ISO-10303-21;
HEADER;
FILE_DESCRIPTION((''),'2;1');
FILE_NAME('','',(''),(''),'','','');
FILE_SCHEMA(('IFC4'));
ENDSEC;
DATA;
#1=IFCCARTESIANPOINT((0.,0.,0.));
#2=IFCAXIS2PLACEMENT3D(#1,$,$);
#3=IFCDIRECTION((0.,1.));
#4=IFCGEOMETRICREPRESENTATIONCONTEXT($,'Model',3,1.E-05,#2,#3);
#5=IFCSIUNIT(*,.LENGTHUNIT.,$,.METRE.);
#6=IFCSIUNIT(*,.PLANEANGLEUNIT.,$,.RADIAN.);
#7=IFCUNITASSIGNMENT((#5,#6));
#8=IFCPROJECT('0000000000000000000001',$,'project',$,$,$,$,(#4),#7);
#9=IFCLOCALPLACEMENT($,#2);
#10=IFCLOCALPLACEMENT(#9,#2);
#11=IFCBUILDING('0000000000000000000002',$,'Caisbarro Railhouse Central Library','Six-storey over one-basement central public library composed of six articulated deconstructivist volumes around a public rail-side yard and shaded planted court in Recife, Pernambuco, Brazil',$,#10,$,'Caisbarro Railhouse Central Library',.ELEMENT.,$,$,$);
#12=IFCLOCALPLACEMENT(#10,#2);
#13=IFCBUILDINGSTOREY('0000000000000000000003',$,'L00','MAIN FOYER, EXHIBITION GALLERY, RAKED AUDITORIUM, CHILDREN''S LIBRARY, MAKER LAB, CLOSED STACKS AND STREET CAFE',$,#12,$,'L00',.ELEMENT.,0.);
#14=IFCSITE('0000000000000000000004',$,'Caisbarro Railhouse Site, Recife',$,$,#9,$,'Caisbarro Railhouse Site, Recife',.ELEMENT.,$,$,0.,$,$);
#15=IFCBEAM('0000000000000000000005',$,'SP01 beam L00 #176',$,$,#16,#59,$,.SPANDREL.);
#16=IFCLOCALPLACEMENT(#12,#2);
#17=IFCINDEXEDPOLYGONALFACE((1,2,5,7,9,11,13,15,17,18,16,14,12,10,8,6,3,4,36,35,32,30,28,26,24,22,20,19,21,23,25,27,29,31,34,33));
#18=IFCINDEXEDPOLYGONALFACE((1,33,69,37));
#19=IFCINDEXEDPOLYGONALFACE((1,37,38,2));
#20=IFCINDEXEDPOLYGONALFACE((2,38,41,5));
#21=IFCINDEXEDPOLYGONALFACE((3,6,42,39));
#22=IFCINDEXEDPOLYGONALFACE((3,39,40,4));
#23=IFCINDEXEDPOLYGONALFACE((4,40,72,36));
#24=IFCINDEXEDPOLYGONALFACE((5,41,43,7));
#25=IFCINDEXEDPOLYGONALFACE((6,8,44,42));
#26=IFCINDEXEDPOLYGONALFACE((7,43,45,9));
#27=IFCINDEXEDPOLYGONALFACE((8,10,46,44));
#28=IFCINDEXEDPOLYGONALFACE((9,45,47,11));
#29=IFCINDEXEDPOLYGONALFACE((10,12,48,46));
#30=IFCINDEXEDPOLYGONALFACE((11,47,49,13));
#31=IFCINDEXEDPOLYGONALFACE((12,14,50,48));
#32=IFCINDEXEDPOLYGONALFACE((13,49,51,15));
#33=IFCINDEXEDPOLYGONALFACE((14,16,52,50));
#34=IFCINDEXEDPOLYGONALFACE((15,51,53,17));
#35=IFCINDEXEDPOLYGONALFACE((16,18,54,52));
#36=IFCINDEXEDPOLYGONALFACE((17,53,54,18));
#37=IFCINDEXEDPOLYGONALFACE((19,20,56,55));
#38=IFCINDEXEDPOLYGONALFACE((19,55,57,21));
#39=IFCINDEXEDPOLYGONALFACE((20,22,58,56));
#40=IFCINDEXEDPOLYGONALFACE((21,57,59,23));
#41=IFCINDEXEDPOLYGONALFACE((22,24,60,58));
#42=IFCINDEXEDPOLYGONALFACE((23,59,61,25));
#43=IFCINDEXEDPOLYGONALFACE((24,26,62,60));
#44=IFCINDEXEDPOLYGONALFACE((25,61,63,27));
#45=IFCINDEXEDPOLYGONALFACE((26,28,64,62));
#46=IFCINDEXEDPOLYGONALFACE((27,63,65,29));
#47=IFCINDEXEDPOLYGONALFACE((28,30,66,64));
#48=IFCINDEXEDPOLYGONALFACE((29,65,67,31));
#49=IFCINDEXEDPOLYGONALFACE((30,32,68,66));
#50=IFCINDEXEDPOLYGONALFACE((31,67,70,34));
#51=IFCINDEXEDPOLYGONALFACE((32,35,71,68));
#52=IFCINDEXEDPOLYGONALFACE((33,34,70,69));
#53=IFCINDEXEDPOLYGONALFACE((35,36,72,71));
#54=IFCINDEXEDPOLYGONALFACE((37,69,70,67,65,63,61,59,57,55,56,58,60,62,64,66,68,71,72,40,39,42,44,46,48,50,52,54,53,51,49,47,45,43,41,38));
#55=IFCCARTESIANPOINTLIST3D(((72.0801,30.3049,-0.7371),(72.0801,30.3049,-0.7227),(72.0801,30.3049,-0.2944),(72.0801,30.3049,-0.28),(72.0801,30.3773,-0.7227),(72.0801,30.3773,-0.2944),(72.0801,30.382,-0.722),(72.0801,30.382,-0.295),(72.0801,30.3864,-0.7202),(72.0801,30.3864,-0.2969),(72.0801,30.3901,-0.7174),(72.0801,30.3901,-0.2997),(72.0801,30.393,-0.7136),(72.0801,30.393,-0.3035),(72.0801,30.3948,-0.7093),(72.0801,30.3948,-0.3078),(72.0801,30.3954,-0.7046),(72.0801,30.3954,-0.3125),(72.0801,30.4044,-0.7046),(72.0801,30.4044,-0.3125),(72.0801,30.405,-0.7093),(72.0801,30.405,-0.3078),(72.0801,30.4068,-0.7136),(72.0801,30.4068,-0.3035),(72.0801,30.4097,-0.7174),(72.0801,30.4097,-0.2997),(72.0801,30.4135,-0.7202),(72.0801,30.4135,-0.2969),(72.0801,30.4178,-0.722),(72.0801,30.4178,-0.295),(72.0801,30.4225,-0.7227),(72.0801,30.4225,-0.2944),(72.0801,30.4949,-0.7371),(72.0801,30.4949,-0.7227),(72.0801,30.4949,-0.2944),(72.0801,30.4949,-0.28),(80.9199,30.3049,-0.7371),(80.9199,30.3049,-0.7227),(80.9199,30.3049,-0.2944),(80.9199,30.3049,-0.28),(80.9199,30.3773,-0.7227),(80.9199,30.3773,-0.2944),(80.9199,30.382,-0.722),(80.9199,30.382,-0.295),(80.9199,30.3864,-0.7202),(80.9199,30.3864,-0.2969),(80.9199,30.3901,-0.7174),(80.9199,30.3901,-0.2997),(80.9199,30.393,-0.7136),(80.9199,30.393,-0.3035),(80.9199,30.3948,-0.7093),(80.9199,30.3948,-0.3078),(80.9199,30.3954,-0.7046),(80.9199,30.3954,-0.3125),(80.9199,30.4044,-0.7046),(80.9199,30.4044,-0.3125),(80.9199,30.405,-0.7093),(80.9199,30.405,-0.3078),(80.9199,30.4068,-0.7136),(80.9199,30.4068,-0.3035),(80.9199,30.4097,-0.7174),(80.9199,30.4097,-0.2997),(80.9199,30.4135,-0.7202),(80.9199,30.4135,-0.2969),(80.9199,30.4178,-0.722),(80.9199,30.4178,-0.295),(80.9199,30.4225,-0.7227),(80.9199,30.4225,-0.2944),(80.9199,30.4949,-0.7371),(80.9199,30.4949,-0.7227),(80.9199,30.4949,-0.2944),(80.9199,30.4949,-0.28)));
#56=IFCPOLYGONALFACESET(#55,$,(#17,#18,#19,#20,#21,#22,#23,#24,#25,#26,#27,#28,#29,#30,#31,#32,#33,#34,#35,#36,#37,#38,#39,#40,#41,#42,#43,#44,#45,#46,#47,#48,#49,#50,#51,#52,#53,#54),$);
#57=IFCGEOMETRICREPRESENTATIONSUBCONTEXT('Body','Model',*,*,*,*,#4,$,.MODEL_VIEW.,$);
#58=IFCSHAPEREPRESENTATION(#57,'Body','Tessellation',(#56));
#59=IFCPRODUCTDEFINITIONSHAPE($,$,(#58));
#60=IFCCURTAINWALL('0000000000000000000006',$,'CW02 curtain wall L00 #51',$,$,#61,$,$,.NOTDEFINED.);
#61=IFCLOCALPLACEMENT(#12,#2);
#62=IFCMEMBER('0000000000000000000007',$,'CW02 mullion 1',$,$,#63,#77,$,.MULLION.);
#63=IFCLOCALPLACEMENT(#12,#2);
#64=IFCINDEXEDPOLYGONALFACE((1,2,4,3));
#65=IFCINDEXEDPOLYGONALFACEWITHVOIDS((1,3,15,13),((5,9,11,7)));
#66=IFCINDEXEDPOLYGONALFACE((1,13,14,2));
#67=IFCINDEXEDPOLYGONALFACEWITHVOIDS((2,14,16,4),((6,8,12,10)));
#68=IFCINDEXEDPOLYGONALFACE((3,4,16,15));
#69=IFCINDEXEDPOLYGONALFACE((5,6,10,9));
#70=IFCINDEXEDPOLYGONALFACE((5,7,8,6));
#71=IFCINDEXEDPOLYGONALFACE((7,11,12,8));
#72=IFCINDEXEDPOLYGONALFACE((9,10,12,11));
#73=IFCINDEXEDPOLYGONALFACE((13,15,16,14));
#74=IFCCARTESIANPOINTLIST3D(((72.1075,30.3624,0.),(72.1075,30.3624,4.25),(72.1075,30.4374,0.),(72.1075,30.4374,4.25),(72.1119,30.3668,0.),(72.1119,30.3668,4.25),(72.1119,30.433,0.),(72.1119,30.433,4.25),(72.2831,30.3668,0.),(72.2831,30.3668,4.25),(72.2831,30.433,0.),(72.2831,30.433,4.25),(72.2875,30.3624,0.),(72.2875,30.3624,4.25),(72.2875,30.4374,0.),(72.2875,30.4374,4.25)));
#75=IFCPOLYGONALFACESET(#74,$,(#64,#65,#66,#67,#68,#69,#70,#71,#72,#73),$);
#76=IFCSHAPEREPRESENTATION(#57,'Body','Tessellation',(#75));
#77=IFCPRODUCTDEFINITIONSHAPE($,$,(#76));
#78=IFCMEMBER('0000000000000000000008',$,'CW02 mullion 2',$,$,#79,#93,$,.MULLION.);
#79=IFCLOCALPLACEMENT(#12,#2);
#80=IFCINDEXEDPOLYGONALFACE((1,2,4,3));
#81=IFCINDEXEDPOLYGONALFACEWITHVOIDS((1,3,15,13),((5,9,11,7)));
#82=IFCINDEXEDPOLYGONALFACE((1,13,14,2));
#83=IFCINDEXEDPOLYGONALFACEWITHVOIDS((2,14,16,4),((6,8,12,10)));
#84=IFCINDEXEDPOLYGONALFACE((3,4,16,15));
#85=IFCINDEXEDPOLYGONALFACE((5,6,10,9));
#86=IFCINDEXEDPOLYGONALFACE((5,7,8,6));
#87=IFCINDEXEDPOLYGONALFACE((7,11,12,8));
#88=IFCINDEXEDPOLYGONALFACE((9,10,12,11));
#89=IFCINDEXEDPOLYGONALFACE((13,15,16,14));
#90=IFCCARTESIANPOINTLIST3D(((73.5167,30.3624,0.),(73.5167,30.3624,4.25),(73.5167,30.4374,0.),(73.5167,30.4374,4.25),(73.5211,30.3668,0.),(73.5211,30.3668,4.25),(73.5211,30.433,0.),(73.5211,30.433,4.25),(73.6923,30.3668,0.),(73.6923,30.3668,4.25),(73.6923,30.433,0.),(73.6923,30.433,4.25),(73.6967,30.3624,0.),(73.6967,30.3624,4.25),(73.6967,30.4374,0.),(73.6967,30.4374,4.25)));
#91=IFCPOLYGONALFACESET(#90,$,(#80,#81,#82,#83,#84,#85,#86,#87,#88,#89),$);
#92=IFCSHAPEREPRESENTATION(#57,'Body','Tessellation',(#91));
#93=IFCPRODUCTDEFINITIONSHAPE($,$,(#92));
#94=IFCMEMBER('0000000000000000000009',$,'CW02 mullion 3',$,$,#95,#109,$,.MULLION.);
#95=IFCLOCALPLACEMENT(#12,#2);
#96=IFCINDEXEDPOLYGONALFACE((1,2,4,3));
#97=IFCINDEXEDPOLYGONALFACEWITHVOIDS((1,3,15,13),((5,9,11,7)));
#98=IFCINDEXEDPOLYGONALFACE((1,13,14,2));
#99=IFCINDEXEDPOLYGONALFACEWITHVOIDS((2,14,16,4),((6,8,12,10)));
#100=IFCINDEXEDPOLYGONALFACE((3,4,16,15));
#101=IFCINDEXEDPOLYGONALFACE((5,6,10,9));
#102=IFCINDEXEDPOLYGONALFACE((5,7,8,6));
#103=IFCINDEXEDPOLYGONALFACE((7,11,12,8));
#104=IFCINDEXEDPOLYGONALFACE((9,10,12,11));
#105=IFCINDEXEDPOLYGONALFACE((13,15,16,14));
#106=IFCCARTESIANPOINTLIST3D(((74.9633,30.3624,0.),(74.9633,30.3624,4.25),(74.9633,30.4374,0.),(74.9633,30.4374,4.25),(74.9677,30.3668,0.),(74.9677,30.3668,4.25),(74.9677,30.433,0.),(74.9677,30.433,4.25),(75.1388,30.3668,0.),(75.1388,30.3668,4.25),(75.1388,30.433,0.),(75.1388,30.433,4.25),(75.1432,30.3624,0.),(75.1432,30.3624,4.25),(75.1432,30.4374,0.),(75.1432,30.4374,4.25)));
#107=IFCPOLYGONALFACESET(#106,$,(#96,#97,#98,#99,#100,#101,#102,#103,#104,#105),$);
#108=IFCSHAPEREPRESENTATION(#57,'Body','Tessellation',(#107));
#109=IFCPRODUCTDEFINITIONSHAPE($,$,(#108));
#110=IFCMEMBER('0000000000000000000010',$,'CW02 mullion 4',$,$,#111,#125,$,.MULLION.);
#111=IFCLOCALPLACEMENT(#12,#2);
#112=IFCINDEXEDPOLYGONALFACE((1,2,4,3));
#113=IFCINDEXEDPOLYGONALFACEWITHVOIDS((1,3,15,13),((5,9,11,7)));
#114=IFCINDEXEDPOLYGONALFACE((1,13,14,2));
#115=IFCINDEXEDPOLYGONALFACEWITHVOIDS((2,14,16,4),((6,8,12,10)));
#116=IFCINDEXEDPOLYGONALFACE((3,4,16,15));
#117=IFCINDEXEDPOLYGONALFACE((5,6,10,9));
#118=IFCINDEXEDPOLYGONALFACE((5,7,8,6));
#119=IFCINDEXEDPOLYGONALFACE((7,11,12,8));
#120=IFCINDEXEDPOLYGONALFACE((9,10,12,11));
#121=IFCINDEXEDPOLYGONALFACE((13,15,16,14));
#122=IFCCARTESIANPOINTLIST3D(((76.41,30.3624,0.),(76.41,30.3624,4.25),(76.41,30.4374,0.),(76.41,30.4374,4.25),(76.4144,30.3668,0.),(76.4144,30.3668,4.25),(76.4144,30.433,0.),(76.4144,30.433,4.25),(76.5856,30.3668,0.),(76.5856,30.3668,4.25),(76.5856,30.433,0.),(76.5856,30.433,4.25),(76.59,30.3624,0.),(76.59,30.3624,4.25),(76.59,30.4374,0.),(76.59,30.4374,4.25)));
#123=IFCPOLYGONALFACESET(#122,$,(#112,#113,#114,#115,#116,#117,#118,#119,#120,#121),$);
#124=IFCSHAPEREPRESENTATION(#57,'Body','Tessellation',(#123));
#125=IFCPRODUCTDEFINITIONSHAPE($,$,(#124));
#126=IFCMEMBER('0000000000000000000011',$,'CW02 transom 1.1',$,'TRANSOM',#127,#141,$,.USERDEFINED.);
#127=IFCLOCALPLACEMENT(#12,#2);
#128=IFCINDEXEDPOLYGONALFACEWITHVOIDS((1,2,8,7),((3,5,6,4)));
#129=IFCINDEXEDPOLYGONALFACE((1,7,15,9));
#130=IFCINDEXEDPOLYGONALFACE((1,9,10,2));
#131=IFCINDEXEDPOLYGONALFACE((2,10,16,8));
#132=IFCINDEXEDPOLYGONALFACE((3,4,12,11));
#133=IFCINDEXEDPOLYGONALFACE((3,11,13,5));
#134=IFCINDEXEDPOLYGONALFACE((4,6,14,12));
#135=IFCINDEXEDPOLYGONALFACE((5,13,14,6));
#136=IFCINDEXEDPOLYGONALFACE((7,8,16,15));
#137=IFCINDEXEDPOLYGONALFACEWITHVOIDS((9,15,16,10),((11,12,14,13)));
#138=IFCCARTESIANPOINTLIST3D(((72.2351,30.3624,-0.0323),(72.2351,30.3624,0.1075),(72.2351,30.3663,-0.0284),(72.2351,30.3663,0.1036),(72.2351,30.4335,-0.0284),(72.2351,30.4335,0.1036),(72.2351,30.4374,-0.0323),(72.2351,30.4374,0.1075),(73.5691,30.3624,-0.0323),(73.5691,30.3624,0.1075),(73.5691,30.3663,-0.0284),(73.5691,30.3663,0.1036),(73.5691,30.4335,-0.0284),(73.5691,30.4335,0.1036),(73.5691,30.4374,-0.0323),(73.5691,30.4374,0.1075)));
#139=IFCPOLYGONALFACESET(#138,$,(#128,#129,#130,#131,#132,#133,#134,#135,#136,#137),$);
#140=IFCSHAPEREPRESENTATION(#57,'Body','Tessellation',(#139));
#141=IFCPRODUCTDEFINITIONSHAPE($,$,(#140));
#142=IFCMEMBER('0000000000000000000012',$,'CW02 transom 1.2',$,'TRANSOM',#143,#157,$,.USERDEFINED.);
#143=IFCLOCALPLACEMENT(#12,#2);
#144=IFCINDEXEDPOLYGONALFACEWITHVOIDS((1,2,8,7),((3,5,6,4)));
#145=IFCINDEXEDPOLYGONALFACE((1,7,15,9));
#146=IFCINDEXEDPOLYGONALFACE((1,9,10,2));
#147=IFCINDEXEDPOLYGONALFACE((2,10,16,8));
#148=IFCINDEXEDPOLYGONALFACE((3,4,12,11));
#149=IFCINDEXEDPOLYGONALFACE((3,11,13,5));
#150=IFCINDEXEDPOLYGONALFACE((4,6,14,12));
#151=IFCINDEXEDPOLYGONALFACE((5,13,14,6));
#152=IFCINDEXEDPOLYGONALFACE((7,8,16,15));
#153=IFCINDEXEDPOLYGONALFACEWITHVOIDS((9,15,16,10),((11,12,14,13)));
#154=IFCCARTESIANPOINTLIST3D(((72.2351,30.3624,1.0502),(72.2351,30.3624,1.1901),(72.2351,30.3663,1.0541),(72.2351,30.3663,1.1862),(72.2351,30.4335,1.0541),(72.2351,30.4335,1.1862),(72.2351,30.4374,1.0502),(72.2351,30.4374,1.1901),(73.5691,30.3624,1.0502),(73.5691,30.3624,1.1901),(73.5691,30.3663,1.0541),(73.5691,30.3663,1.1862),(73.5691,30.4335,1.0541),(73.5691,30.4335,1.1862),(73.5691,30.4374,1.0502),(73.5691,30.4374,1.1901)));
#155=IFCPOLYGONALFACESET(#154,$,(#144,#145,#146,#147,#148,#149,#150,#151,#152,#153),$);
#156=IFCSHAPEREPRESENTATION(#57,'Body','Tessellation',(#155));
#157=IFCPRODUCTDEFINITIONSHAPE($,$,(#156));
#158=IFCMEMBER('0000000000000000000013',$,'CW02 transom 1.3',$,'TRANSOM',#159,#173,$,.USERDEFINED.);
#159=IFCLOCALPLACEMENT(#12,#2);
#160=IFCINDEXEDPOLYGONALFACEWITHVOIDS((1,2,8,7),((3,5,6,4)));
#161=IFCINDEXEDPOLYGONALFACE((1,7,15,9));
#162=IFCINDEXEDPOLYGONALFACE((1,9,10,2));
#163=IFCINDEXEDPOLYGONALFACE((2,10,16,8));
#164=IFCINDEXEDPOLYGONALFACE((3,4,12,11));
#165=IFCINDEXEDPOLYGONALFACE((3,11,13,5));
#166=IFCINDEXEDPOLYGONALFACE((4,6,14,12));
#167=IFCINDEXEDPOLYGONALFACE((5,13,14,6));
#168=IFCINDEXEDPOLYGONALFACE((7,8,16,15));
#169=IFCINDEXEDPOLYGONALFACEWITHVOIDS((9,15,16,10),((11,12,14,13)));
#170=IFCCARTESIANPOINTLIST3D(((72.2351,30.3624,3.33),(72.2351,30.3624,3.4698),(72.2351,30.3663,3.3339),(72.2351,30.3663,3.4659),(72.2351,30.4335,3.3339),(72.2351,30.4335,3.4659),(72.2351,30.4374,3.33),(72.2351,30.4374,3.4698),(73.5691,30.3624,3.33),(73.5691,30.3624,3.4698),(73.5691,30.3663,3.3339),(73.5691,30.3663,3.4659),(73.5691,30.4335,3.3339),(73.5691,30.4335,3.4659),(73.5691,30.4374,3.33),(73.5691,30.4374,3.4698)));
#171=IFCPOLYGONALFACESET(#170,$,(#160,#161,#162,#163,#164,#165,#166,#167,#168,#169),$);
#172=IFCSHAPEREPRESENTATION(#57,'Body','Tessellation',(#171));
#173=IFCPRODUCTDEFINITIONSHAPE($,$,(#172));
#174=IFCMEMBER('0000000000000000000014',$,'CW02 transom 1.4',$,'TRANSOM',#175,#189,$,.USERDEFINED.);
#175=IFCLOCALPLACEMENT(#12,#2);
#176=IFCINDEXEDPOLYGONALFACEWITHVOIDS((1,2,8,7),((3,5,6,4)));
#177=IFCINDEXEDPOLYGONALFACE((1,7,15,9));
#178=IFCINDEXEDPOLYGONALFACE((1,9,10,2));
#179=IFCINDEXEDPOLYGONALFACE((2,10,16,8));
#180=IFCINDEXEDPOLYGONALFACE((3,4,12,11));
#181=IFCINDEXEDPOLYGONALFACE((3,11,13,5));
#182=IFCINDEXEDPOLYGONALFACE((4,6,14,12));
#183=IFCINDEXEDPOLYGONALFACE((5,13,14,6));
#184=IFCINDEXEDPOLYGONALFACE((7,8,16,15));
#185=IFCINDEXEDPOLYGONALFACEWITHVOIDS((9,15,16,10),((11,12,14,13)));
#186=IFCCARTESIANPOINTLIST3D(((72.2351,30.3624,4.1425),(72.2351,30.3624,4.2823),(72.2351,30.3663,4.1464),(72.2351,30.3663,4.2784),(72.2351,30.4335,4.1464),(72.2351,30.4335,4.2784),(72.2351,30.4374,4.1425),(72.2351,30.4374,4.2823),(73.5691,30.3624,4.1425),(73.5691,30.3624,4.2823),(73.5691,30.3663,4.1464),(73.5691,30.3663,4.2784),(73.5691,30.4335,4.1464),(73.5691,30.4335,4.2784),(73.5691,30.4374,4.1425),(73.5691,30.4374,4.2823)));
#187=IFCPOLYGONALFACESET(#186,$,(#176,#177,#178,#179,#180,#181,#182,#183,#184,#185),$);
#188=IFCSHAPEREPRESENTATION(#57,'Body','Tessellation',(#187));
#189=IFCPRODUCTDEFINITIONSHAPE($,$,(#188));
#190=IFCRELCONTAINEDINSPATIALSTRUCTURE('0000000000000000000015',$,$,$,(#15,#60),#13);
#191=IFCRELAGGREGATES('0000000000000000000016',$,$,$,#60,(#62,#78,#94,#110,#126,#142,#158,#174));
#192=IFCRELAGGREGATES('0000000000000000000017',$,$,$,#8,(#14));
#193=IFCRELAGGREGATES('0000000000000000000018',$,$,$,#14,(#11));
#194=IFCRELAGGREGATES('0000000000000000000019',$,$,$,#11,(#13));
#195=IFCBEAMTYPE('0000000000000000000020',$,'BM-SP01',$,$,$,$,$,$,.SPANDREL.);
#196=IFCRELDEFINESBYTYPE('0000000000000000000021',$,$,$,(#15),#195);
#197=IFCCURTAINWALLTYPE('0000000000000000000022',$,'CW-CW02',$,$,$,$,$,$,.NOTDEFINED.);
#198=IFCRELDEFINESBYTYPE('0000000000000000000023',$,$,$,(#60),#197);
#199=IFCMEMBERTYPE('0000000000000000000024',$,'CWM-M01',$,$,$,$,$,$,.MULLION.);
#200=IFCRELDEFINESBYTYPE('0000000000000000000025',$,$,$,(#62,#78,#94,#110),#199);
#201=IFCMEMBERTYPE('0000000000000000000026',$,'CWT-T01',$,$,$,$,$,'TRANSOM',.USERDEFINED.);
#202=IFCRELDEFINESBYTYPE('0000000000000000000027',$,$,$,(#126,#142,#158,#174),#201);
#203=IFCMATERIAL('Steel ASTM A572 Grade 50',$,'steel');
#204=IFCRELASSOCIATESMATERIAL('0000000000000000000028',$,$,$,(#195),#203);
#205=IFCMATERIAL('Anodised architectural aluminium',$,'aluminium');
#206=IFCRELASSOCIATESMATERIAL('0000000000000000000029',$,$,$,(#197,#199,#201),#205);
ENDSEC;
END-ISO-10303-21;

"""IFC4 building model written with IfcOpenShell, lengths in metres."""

from ifc_helpers import new_model, si_unit, direction, frame, origin, origin_2d, place, context, subcontext, project, spatial, hollow_rectangle, i_section, extrude, material, material_profile, profile_set, type_object, element, aggregate, save


model = new_model("IFC4")

# Units and contexts
model_context = context("Model", 3, precision=1e-05, world=origin(), true_north=direction((0.0, 1.0)))
body_context = subcontext(model_context, "Body", "Model", "MODEL_VIEW")
ifc_project = project(units=[si_unit("LENGTHUNIT", "METRE"), si_unit("PLANEANGLEUNIT", "RADIAN")], contexts=[model_context])

# Site, building, storey
site_placement = place(None, origin())
site = spatial("IfcSite", under=ifc_project, at=site_placement, Name="Caisbarro Railhouse Site, Recife", LongName="Caisbarro Railhouse Site, Recife", CompositionType="ELEMENT", RefElevation=0.0)
building_placement = place(site_placement, origin())
building = spatial("IfcBuilding", under=site, at=building_placement, Name="Caisbarro Railhouse Central Library", Description="Six-storey over one-basement central public library composed of six articulated deconstructivist volumes around a public rail-side yard and shaded planted court in Recife, Pernambuco, Brazil", LongName="Caisbarro Railhouse Central Library", CompositionType="ELEMENT")
storey_placement = place(building_placement, origin())
storey = spatial("IfcBuildingStorey", under=building, at=storey_placement, Name="L00", Description="MAIN FOYER, EXHIBITION GALLERY, RAKED AUDITORIUM, CHILDREN'S LIBRARY, MAKER LAB, CLOSED STACKS AND STREET CAFE", LongName="L00", CompositionType="ELEMENT", Elevation=0.0)

# Beam
ifc_material_1 = material(Name="Steel ASTM A572 Grade 50", Category="steel")
ifc_material_profile_1 = material_profile(ifc_material_1, i_section(OverallWidth=0.1899, OverallDepth=0.457, WebThickness=0.009, FlangeThickness=0.0144, FilletRadius=0.0181, at=origin_2d()), Name="W460X74.0")
ifc_profile_set_1 = profile_set([ifc_material_profile_1], Name="Steel ASTM A572 Grade 50")
beam_type = type_object("IfcBeamType", Name="BM-SP01", PredefinedType="SPANDREL", material=ifc_profile_set_1)
beam_placement = place(storey_placement, frame((72.0801, 30.3999, -0.5085), z_axis=(1.0, 0.0, 0.0), x_axis=(0.0, 1.0, 0.0)))
element("IfcBeam", 1, at=beam_placement, inside=storey, type_object=beam_type, Name="SP01 beam L00 #176", PredefinedType="SPANDREL", context=body_context, shape_type="SweptSolid", body=[
    extrude(i_section(OverallWidth=0.1899, OverallDepth=0.457, WebThickness=0.009, FlangeThickness=0.0144, FilletRadius=0.0181, at=origin_2d()), origin(), (0.0, 0.0, 1.0), 8.8398),
])

# Curtain wall, members
ifc_material_2 = material(Name="Anodised architectural aluminium", Category="aluminium")
curtain_wall_type = type_object("IfcCurtainWallType", Name="CW-CW02", PredefinedType="NOTDEFINED", material=ifc_material_2)
curtain_wall_placement = place(storey_placement, origin())
curtain_wall = element("IfcCurtainWall", 2, at=curtain_wall_placement, inside=storey, type_object=curtain_wall_type, Name="CW02 curtain wall L00 #51", PredefinedType="NOTDEFINED")
ifc_material_profile_2 = material_profile(ifc_material_2, hollow_rectangle(XDim=0.075, YDim=0.1799, WallThickness=0.0044, at=origin_2d()), Name="ALU-MUL-75X180")
ifc_profile_set_2 = profile_set([ifc_material_profile_2], Name="Anodised architectural aluminium")
member_type_1 = type_object("IfcMemberType", Name="CWM-M01", PredefinedType="MULLION", material=ifc_profile_set_2)
member_1_placement = place(storey_placement, frame((72.1975, 30.3999, 0.0), z_axis=(0.0, 0.0, 1.0), x_axis=(0.0, 1.0, 0.0)))
member_1 = element("IfcMember", 3, at=member_1_placement, type_object=member_type_1, Name="CW02 mullion 1", PredefinedType="MULLION", context=body_context, shape_type="SweptSolid", body=[
    extrude(hollow_rectangle(XDim=0.075, YDim=0.1799, WallThickness=0.0044, at=origin_2d()), origin(), (0.0, 0.0, 1.0), 4.25),
])
member_2_placement = place(storey_placement, frame((73.6067, 30.3999, 0.0), z_axis=(0.0, 0.0, 1.0), x_axis=(0.0, 1.0, 0.0)))
member_2 = element("IfcMember", 4, at=member_2_placement, type_object=member_type_1, Name="CW02 mullion 2", PredefinedType="MULLION", context=body_context, shape_type="SweptSolid", body=[
    extrude(hollow_rectangle(XDim=0.075, YDim=0.1799, WallThickness=0.0044, at=origin_2d()), origin(), (0.0, 0.0, 1.0), 4.25),
])
member_3_placement = place(storey_placement, frame((75.0532, 30.3999, 0.0), z_axis=(0.0, 0.0, 1.0), x_axis=(0.0, 1.0, 0.0)))
member_3 = element("IfcMember", 5, at=member_3_placement, type_object=member_type_1, Name="CW02 mullion 3", PredefinedType="MULLION", context=body_context, shape_type="SweptSolid", body=[
    extrude(hollow_rectangle(XDim=0.075, YDim=0.1799, WallThickness=0.0044, at=origin_2d()), origin(), (0.0, 0.0, 1.0), 4.25),
])
member_4_placement = place(storey_placement, frame((76.5, 30.3999, 0.0), z_axis=(0.0, 0.0, 1.0), x_axis=(0.0, 1.0, 0.0)))
member_4 = element("IfcMember", 6, at=member_4_placement, type_object=member_type_1, Name="CW02 mullion 4", PredefinedType="MULLION", context=body_context, shape_type="SweptSolid", body=[
    extrude(hollow_rectangle(XDim=0.075, YDim=0.1799, WallThickness=0.0044, at=origin_2d()), origin(), (0.0, 0.0, 1.0), 4.25),
])
ifc_material_profile_3 = material_profile(ifc_material_2, hollow_rectangle(XDim=0.075, YDim=0.1399, WallThickness=0.0039, at=origin_2d()), Name="ALU-TRN-75X140")
ifc_profile_set_3 = profile_set([ifc_material_profile_3], Name="Anodised architectural aluminium")
member_type_2 = type_object("IfcMemberType", Name="CWT-T01", ElementType="TRANSOM", PredefinedType="USERDEFINED", material=ifc_profile_set_3)
member_5_placement = place(storey_placement, frame((72.2351, 30.3999, 0.0376), z_axis=(1.0, 0.0, 0.0), x_axis=(0.0, 1.0, 0.0)))
member_5 = element("IfcMember", 7, at=member_5_placement, type_object=member_type_2, Name="CW02 transom 1.1", ObjectType="TRANSOM", PredefinedType="USERDEFINED", context=body_context, shape_type="SweptSolid", body=[
    extrude(hollow_rectangle(XDim=0.075, YDim=0.1399, WallThickness=0.0039, at=origin_2d()), origin(), (0.0, 0.0, 1.0), 1.334),
])
member_6_placement = place(storey_placement, frame((72.2351, 30.3999, 1.1201), z_axis=(1.0, 0.0, 0.0), x_axis=(0.0, 1.0, 0.0)))
member_6 = element("IfcMember", 8, at=member_6_placement, type_object=member_type_2, Name="CW02 transom 1.2", ObjectType="TRANSOM", PredefinedType="USERDEFINED", context=body_context, shape_type="SweptSolid", body=[
    extrude(hollow_rectangle(XDim=0.075, YDim=0.1399, WallThickness=0.0039, at=origin_2d()), origin(), (0.0, 0.0, 1.0), 1.334),
])
member_7_placement = place(storey_placement, frame((72.2351, 30.3999, 3.3999), z_axis=(1.0, 0.0, 0.0), x_axis=(0.0, 1.0, 0.0)))
member_7 = element("IfcMember", 9, at=member_7_placement, type_object=member_type_2, Name="CW02 transom 1.3", ObjectType="TRANSOM", PredefinedType="USERDEFINED", context=body_context, shape_type="SweptSolid", body=[
    extrude(hollow_rectangle(XDim=0.075, YDim=0.1399, WallThickness=0.0039, at=origin_2d()), origin(), (0.0, 0.0, 1.0), 1.334),
])
member_8_placement = place(storey_placement, frame((72.2351, 30.3999, 4.2124), z_axis=(1.0, 0.0, 0.0), x_axis=(0.0, 1.0, 0.0)))
member_8 = element("IfcMember", 10, at=member_8_placement, type_object=member_type_2, Name="CW02 transom 1.4", ObjectType="TRANSOM", PredefinedType="USERDEFINED", context=body_context, shape_type="SweptSolid", body=[
    extrude(hollow_rectangle(XDim=0.075, YDim=0.1399, WallThickness=0.0039, at=origin_2d()), origin(), (0.0, 0.0, 1.0), 1.334),
])
aggregate(curtain_wall, [member_1, member_2, member_3, member_4, member_5, member_6, member_7, member_8])

save(model, "model.ifc")
